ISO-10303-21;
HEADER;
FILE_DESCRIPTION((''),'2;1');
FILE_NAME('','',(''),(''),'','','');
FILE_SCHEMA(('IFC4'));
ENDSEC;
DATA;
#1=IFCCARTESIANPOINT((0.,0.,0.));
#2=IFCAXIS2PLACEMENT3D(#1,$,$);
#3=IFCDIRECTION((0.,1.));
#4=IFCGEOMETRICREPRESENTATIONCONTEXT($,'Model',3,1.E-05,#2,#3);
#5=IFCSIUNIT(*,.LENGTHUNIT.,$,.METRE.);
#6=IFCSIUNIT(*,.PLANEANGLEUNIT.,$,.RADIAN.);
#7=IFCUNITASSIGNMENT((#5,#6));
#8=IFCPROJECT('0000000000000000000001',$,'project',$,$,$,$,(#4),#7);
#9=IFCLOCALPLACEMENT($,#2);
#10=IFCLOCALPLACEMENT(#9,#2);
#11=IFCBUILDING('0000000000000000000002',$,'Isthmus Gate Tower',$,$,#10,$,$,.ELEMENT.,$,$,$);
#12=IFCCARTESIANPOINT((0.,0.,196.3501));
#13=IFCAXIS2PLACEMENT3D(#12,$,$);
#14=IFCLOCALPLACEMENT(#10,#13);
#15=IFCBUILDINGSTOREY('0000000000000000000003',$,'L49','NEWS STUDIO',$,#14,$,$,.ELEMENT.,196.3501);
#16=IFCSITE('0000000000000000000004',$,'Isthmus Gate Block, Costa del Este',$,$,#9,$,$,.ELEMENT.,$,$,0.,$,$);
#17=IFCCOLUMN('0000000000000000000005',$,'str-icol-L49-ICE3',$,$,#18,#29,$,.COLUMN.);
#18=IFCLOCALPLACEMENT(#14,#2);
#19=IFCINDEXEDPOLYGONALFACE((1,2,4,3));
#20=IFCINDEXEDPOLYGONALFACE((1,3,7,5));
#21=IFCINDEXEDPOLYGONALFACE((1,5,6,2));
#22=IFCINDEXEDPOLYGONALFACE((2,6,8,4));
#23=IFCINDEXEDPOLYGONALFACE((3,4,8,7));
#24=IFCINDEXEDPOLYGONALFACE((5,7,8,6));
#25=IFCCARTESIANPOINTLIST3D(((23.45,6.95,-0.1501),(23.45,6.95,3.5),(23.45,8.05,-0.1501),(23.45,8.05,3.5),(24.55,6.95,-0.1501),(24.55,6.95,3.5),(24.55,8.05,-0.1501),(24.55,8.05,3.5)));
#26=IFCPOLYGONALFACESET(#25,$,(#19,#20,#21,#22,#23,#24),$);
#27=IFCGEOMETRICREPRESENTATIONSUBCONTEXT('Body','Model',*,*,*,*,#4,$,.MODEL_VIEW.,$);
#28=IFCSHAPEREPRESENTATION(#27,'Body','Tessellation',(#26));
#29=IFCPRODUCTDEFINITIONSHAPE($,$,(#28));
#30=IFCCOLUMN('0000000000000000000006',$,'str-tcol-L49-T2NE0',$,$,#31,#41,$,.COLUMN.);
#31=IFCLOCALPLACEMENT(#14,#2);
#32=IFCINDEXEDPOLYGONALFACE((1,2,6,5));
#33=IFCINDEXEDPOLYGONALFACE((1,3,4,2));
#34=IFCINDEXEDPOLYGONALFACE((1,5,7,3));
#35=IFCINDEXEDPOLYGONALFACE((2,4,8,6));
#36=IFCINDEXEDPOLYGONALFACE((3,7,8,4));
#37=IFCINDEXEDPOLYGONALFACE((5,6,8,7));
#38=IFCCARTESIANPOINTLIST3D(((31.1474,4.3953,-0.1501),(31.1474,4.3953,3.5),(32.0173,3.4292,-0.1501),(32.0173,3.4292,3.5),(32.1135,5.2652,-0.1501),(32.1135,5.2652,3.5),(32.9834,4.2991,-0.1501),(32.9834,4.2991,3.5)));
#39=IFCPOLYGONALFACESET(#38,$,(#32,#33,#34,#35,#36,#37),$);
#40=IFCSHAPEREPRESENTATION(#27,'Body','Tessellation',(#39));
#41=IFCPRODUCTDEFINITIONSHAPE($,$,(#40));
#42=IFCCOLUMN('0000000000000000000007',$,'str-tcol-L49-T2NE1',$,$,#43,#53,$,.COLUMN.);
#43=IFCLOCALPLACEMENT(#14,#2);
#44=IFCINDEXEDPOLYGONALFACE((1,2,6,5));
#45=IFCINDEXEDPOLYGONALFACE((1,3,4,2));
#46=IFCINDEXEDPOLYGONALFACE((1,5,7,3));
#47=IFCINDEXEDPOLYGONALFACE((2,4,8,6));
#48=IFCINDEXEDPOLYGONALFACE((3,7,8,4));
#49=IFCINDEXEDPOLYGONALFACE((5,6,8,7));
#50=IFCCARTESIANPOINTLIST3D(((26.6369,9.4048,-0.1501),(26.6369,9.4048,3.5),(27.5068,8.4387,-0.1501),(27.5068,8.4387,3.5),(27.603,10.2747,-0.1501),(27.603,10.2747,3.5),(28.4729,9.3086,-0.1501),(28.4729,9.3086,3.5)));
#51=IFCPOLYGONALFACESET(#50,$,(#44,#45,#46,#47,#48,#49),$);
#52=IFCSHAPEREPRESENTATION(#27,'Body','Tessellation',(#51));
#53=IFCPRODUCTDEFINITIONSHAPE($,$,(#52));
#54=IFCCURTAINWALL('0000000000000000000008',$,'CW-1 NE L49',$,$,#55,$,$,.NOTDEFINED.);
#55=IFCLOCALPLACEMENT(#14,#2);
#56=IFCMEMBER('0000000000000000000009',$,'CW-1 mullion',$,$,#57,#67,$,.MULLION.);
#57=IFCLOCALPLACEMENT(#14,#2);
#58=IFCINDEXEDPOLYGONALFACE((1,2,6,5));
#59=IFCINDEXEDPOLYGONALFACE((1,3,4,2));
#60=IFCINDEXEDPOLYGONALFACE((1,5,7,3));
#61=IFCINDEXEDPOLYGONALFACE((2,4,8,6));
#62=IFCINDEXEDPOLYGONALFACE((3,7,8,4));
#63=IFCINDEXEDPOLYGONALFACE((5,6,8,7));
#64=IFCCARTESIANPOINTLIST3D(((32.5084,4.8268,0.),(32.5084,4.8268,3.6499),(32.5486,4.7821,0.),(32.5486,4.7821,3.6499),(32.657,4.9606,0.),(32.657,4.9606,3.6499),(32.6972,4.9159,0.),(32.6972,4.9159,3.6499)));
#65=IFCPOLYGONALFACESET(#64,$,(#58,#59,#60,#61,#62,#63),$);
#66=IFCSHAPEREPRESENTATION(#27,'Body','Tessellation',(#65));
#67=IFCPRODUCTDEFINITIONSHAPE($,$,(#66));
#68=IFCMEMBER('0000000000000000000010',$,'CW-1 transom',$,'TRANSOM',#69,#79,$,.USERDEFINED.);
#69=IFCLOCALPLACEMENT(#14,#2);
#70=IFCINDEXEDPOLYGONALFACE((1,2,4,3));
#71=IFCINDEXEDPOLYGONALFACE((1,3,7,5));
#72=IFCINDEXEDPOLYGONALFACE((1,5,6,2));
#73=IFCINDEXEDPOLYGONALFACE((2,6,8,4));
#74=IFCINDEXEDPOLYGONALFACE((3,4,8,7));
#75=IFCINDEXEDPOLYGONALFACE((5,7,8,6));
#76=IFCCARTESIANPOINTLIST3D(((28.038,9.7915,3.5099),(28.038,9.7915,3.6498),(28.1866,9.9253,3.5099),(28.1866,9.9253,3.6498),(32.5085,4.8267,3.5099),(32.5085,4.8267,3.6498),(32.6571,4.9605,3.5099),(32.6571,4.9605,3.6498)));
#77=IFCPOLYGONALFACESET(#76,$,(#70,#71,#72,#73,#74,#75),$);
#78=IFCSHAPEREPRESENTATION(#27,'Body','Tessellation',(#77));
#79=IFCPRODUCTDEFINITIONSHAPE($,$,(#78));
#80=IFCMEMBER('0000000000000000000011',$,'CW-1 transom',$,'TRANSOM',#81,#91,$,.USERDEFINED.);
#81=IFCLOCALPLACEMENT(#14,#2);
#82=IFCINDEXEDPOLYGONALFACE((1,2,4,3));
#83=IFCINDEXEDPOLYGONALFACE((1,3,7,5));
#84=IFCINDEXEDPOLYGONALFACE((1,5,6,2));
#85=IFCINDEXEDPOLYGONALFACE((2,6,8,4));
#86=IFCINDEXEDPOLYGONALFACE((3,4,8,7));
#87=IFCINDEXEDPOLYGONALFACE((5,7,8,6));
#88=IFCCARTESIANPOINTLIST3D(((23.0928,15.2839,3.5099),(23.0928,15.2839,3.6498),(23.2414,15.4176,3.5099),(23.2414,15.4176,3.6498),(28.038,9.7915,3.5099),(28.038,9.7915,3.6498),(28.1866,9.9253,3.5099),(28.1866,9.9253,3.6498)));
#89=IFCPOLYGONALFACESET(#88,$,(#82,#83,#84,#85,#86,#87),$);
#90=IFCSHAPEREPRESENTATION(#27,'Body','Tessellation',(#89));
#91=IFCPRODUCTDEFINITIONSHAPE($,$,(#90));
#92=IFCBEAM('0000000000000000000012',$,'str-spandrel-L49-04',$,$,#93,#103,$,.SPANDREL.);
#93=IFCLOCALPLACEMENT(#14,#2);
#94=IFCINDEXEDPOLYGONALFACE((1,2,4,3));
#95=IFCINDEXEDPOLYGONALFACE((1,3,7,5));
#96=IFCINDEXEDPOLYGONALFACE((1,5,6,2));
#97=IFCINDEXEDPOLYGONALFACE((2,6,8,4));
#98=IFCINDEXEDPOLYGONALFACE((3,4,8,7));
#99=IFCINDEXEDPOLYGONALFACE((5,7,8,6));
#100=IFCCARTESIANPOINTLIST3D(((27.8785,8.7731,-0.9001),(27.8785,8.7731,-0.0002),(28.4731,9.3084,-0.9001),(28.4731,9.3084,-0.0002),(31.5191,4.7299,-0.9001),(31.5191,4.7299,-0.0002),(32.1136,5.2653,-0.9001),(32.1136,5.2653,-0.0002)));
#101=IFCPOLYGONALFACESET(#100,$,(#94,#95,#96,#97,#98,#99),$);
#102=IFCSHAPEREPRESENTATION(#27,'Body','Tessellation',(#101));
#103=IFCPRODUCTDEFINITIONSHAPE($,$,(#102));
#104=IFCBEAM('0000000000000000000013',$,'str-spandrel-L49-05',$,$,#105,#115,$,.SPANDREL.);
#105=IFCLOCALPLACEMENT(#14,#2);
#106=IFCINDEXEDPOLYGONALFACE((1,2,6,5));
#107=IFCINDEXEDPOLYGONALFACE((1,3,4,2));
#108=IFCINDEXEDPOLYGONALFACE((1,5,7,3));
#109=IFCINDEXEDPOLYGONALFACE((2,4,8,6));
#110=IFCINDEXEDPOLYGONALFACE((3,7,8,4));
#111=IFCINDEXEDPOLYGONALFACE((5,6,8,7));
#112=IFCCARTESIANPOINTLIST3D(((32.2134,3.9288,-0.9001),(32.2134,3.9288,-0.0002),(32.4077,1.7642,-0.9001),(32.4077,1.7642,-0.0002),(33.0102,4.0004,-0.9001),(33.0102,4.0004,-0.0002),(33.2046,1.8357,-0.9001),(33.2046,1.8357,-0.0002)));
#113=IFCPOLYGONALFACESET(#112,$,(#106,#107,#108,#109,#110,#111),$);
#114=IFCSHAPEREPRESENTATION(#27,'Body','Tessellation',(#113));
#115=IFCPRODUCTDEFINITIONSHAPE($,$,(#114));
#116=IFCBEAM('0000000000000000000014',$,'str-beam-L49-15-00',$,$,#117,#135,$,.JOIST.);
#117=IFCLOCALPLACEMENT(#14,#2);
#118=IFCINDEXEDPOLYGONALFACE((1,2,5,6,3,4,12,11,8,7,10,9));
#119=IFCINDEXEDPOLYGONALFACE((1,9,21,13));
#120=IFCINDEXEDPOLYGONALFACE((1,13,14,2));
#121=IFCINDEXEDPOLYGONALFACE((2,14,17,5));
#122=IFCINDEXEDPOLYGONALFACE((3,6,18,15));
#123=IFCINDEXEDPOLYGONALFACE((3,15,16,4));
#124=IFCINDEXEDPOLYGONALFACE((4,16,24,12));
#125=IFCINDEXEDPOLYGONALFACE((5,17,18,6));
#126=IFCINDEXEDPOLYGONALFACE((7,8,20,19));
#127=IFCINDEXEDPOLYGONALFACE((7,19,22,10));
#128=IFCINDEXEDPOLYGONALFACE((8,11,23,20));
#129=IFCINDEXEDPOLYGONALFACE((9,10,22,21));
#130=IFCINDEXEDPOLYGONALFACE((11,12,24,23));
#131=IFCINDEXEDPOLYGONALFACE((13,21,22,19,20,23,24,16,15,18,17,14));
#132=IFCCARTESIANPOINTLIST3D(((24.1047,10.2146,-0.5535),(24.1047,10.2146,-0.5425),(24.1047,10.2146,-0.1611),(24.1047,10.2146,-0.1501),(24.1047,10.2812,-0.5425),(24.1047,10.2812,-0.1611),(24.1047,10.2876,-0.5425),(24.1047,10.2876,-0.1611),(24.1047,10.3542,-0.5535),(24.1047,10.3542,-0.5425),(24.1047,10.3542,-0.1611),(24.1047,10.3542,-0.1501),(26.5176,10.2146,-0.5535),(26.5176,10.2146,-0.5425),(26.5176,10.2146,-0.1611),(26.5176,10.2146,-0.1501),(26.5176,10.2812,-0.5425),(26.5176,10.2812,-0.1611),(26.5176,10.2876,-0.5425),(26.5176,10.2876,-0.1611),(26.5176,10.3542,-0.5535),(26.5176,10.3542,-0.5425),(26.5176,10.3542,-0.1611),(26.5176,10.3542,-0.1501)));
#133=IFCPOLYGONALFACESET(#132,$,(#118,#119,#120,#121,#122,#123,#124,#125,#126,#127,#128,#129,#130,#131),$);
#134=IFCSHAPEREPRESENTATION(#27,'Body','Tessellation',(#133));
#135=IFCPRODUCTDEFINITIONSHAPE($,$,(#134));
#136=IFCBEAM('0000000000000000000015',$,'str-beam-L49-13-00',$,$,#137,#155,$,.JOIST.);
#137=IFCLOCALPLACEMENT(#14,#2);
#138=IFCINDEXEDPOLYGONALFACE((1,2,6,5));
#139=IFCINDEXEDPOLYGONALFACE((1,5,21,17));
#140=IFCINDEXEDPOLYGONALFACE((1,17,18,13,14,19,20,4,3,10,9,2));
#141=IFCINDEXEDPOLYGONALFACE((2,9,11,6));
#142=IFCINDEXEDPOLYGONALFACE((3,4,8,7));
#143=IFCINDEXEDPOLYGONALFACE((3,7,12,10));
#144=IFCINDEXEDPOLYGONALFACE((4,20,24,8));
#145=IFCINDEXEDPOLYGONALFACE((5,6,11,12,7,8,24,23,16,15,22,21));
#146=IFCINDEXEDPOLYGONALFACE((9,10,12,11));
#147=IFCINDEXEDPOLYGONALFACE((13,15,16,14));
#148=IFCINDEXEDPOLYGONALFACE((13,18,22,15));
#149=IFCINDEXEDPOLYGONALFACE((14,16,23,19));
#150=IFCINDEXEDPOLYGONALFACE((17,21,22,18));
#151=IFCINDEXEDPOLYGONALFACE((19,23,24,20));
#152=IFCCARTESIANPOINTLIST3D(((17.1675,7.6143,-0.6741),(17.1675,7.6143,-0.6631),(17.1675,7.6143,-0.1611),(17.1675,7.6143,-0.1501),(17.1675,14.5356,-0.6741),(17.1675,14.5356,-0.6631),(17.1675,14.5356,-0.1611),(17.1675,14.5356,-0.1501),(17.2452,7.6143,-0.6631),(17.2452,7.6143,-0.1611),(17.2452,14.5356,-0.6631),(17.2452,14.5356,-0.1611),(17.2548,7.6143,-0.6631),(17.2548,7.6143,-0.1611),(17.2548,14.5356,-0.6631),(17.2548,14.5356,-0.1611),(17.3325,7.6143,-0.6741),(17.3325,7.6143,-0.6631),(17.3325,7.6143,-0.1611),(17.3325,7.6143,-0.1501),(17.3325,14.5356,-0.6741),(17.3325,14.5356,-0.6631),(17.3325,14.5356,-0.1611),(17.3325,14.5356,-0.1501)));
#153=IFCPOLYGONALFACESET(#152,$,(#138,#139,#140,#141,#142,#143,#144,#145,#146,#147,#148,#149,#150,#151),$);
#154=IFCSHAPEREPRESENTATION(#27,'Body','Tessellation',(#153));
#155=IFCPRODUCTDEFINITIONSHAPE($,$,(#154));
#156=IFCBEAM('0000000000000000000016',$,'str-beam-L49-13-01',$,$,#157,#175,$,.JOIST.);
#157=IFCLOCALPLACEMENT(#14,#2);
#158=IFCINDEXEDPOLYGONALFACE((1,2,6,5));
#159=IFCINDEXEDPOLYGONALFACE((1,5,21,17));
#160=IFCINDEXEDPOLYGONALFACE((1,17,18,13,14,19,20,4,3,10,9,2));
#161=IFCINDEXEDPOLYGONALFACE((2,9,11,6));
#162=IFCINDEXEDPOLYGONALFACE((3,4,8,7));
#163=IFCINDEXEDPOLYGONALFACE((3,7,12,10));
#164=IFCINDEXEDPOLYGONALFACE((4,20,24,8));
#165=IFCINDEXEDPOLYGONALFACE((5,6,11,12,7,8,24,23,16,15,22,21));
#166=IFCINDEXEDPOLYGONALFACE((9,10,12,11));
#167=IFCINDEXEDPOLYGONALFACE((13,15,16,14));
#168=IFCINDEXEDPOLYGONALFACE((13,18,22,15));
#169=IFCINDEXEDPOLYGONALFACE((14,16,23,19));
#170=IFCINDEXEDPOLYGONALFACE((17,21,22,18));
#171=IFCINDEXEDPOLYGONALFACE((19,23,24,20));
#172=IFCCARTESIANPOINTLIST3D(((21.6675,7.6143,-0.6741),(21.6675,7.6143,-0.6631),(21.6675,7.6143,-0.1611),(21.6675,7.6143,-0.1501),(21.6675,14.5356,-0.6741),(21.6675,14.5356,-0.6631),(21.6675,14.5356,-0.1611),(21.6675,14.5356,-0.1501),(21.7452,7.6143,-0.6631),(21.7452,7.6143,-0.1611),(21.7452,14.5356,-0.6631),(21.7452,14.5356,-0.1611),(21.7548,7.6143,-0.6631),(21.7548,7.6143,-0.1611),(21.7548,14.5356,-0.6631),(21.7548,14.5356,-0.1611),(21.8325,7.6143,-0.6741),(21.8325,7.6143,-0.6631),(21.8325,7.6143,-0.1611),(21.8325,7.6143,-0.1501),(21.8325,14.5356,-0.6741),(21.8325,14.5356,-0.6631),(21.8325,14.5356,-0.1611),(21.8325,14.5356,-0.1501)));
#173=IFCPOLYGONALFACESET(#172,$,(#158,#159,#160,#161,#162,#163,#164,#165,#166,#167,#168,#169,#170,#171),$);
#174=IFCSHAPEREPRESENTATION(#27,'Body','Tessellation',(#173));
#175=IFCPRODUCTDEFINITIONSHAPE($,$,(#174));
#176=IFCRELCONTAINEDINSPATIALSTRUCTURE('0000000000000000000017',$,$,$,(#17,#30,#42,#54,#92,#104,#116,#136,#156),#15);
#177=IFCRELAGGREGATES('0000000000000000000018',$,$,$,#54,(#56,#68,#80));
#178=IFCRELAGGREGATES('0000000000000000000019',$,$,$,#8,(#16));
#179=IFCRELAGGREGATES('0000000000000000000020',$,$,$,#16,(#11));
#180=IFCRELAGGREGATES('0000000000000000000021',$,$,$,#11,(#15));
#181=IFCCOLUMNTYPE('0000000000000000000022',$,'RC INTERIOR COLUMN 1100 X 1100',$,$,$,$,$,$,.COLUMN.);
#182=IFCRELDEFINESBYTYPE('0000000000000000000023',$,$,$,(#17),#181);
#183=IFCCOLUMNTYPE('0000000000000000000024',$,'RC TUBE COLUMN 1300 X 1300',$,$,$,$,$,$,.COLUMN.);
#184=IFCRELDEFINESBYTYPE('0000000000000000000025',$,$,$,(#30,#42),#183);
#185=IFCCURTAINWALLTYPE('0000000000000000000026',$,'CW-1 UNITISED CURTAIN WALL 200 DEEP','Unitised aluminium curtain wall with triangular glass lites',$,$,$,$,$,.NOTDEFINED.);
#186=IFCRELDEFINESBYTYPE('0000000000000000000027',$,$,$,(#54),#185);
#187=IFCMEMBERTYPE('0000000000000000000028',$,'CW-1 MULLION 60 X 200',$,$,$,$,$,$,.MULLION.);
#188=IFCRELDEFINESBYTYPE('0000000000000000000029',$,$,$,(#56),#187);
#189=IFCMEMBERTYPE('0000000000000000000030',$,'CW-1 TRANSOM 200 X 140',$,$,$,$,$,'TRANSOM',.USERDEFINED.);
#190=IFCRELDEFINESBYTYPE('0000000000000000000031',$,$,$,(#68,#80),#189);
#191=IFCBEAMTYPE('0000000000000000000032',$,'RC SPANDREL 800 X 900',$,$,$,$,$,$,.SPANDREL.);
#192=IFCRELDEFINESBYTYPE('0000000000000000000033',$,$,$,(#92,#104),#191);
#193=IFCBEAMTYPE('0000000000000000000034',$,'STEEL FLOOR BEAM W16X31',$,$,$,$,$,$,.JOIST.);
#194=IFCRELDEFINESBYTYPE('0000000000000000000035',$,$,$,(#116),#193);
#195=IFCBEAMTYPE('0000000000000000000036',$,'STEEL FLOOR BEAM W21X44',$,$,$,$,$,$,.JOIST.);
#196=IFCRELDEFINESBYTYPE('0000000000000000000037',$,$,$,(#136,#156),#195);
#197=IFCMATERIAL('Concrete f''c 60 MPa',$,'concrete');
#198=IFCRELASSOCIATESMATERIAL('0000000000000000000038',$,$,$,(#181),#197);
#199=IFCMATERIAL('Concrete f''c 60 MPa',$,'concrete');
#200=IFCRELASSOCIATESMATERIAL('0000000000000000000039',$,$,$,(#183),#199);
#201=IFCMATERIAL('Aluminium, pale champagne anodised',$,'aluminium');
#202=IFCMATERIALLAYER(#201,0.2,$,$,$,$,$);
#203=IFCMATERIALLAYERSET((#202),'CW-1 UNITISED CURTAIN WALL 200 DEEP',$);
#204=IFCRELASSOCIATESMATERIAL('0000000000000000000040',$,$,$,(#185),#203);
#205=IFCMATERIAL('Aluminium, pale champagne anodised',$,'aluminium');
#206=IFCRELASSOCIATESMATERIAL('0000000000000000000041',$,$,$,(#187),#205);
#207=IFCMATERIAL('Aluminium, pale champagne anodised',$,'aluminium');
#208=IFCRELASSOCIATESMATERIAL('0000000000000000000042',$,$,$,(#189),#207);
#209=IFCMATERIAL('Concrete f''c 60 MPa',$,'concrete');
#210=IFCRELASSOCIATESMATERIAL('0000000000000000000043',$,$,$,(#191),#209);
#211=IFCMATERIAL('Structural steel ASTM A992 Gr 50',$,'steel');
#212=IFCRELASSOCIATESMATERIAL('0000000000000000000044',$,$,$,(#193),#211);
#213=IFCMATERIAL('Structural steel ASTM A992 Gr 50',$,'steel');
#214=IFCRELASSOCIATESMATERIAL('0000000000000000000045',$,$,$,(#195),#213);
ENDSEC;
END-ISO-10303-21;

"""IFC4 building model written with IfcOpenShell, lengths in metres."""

from ifc_helpers import new_model, si_unit, direction, frame, origin, origin_2d, place, context, subcontext, project, spatial, rectangle, i_section, extrude, material, layer, layer_set, material_profile, profile_set, type_object, element, aggregate, save


model = new_model("IFC4")

# Units and contexts
model_context = context("Model", 3, precision=1e-05, world=origin(), true_north=direction((0.0, 1.0)))
body_context = subcontext(model_context, "Body", "Model", "MODEL_VIEW")
ifc_project = project(units=[si_unit("LENGTHUNIT", "METRE"), si_unit("PLANEANGLEUNIT", "RADIAN")], contexts=[model_context])

# Site, building, storey
site_placement = place(None, origin())
site = spatial("IfcSite", under=ifc_project, at=site_placement, Name="Isthmus Gate Block, Costa del Este", CompositionType="ELEMENT", RefElevation=0.0)
building_placement = place(site_placement, origin())
building = spatial("IfcBuilding", under=site, at=building_placement, Name="Isthmus Gate Tower", CompositionType="ELEMENT")
storey_placement = place(building_placement, frame((0.0, 0.0, 196.3501)))
storey = spatial("IfcBuildingStorey", under=building, at=storey_placement, Name="L49", Description="NEWS STUDIO", CompositionType="ELEMENT", Elevation=196.3501)

# Columns
ifc_material_1 = material(Name="Concrete f'c 60 MPa", Category="concrete")
ifc_material_profile_1 = material_profile(ifc_material_1, rectangle(XDim=1.1001, YDim=1.1001, at=origin_2d()), Name="RC 1100X1100")
ifc_profile_set_1 = profile_set([ifc_material_profile_1], Name="Concrete f'c 60 MPa")
column_type_1 = type_object("IfcColumnType", Name="RC INTERIOR COLUMN 1100 X 1100", PredefinedType="COLUMN", material=ifc_profile_set_1)
column_placement = place(storey_placement, frame((24.0, 7.5, -0.1501), z_axis=(0.0, 0.0, 1.0), x_axis=(1.0, 0.0, 0.0)))
element("IfcColumn", 1, at=column_placement, inside=storey, type_object=column_type_1, Name="str-icol-L49-ICE3", PredefinedType="COLUMN", context=body_context, shape_type="SweptSolid", body=[
    extrude(rectangle(XDim=1.1001, YDim=1.1001, at=origin_2d()), origin(), (0.0, 0.0, 1.0), 3.6501),
])
ifc_material_2 = material(Name="Concrete f'c 60 MPa", Category="concrete")
ifc_material_profile_2 = material_profile(ifc_material_2, rectangle(XDim=1.3, YDim=1.3, at=origin_2d()), Name="RC 1300X1300")
ifc_profile_set_2 = profile_set([ifc_material_profile_2], Name="Concrete f'c 60 MPa")
column_type_2 = type_object("IfcColumnType", Name="RC TUBE COLUMN 1300 X 1300", PredefinedType="COLUMN", material=ifc_profile_set_2)
for number, where, z_axis, x_axis, name in (
    (2, (32.0654, 4.3472, -0.1501), (0.0, 0.0, 1.0), (-0.669131, 0.743145, 0.0), "str-tcol-L49-T2NE0"),
    (3, (27.5549, 9.3567, -0.1501), (0.0, 0.0, 1.0), (-0.669131, 0.743145, 0.0), "str-tcol-L49-T2NE1"),
):
    element("IfcColumn", number, at=place(storey_placement, frame(where, z_axis=z_axis, x_axis=x_axis)), inside=storey, type_object=column_type_2, Name=name, PredefinedType="COLUMN", context=body_context, shape_type="SweptSolid", body=[
        extrude(rectangle(XDim=1.3, YDim=1.3, at=origin_2d()), origin(), (0.0, 0.0, 1.0), 3.6501),
    ])

# Curtain wall, members
ifc_material_3 = material(Name="Aluminium, pale champagne anodised", Category="aluminium")
ifc_layer_1 = layer(ifc_material_3, 0.2)
ifc_layer_set_1 = layer_set([ifc_layer_1], Name="CW-1 UNITISED CURTAIN WALL 200 DEEP")
curtain_wall_type = type_object("IfcCurtainWallType", Name="CW-1 UNITISED CURTAIN WALL 200 DEEP", Description="Unitised aluminium curtain wall with triangular glass lites", PredefinedType="NOTDEFINED", material=ifc_layer_set_1)
curtain_wall_placement = place(storey_placement, origin())
curtain_wall = element("IfcCurtainWall", 4, at=curtain_wall_placement, inside=storey, type_object=curtain_wall_type, Name="CW-1 NE L49", PredefinedType="NOTDEFINED")
ifc_material_4 = material(Name="Aluminium, pale champagne anodised", Category="aluminium")
ifc_material_profile_3 = material_profile(ifc_material_4, rectangle(XDim=0.0601, YDim=0.2, at=origin_2d()), Name="60x200")
ifc_profile_set_3 = profile_set([ifc_material_profile_3], Name="Aluminium, pale champagne anodised")
member_type_1 = type_object("IfcMemberType", Name="CW-1 MULLION 60 X 200", PredefinedType="MULLION", material=ifc_profile_set_3)
member_1_placement = place(storey_placement, frame((32.6028, 4.8713, 0.0), z_axis=(0.0, 0.0, 1.0), x_axis=(-0.669131, 0.743145, 0.0)))
member_1 = element("IfcMember", 5, at=member_1_placement, type_object=member_type_1, Name="CW-1 mullion", PredefinedType="MULLION", context=body_context, shape_type="SweptSolid", body=[
    extrude(rectangle(XDim=0.0601, YDim=0.2, at=origin_2d()), origin(), (0.0, 0.0, 1.0), 3.6499),
])
ifc_material_5 = material(Name="Aluminium, pale champagne anodised", Category="aluminium")
ifc_material_profile_4 = material_profile(ifc_material_5, rectangle(XDim=0.2, YDim=0.1399, at=origin_2d()), Name="200x140")
ifc_profile_set_4 = profile_set([ifc_material_profile_4], Name="Aluminium, pale champagne anodised")
member_type_2 = type_object("IfcMemberType", Name="CW-1 TRANSOM 200 X 140", ElementType="TRANSOM", PredefinedType="USERDEFINED", material=ifc_profile_set_4)
member_2_placement = place(storey_placement, frame((32.5828, 4.8936, 3.5798), z_axis=(-0.669138, 0.743138, 0.0), x_axis=(-0.743138, -0.669138, 0.0)))
member_2 = element("IfcMember", 6, at=member_2_placement, type_object=member_type_2, Name="CW-1 transom", ObjectType="TRANSOM", PredefinedType="USERDEFINED", context=body_context, shape_type="SweptSolid", body=[
    extrude(rectangle(XDim=0.2, YDim=0.1399, at=origin_2d()), origin(), (0.0, 0.0, 1.0), 6.6809),
])
member_3_placement = place(storey_placement, frame((28.1123, 9.8584, 3.5798), z_axis=(-0.669123, 0.743151, 0.0), x_axis=(-0.743151, -0.669123, 0.0)))
member_3 = element("IfcMember", 7, at=member_3_placement, type_object=member_type_2, Name="CW-1 transom", ObjectType="TRANSOM", PredefinedType="USERDEFINED", context=body_context, shape_type="SweptSolid", body=[
    extrude(rectangle(XDim=0.2, YDim=0.1399, at=origin_2d()), origin(), (0.0, 0.0, 1.0), 7.3906),
])

# Beams
ifc_material_6 = material(Name="Concrete f'c 60 MPa", Category="concrete")
ifc_material_profile_5 = material_profile(ifc_material_6, rectangle(XDim=0.8, YDim=0.8999, at=origin_2d()), Name="RC 800X900")
ifc_profile_set_5 = profile_set([ifc_material_profile_5], Name="Concrete f'c 60 MPa")
beam_type_1 = type_object("IfcBeamType", Name="RC SPANDREL 800 X 900", PredefinedType="SPANDREL", material=ifc_profile_set_5)
beam_1_placement = place(storey_placement, frame((28.1758, 9.0408, -0.4502), z_axis=(0.669141, -0.743136, 0.0), x_axis=(0.743136, 0.669141, 0.0)))
element("IfcBeam", 8, at=beam_1_placement, inside=storey, type_object=beam_type_1, Name="str-spandrel-L49-04", PredefinedType="SPANDREL", context=body_context, shape_type="SweptSolid", body=[
    extrude(rectangle(XDim=0.8, YDim=0.8999, at=origin_2d()), origin(), (0.0, 0.0, 1.0), 5.4407),
])
beam_2_placement = place(storey_placement, frame((32.6118, 3.9646, -0.4502), z_axis=(0.089422, -0.995994, 0.0), x_axis=(0.995994, 0.089422, 0.0)))
element("IfcBeam", 9, at=beam_2_placement, inside=storey, type_object=beam_type_1, Name="str-spandrel-L49-05", PredefinedType="SPANDREL", context=body_context, shape_type="SweptSolid", body=[
    extrude(rectangle(XDim=0.8, YDim=0.8999, at=origin_2d()), origin(), (0.0, 0.0, 1.0), 2.1733),
])
ifc_material_7 = material(Name="Structural steel ASTM A992 Gr 50", Category="steel")
ifc_material_profile_6 = material_profile(ifc_material_7, i_section(OverallWidth=0.1396, OverallDepth=0.4033, WebThickness=0.0063, FlangeThickness=0.011, at=origin_2d()), Name="W16X31")
ifc_profile_set_6 = profile_set([ifc_material_profile_6], Name="Structural steel ASTM A992 Gr 50")
beam_type_2 = type_object("IfcBeamType", Name="STEEL FLOOR BEAM W16X31", PredefinedType="JOIST", material=ifc_profile_set_6)
beam_3_placement = place(storey_placement, frame((24.1047, 10.2844, -0.3518), z_axis=(1.0, 0.0, 0.0), x_axis=(0.0, 1.0, 0.0)))
element("IfcBeam", 10, at=beam_3_placement, inside=storey, type_object=beam_type_2, Name="str-beam-L49-15-00", PredefinedType="JOIST", context=body_context, shape_type="SweptSolid", body=[
    extrude(i_section(OverallWidth=0.1396, OverallDepth=0.4033, WebThickness=0.0063, FlangeThickness=0.011, at=origin_2d()), origin(), (0.0, 0.0, 1.0), 2.4128),
])
ifc_material_8 = material(Name="Structural steel ASTM A992 Gr 50", Category="steel")
ifc_material_profile_7 = material_profile(ifc_material_8, i_section(OverallWidth=0.165, OverallDepth=0.5239, WebThickness=0.0095, FlangeThickness=0.011, at=origin_2d()), Name="W21X44")
ifc_profile_set_7 = profile_set([ifc_material_profile_7], Name="Structural steel ASTM A992 Gr 50")
beam_type_3 = type_object("IfcBeamType", Name="STEEL FLOOR BEAM W21X44", PredefinedType="JOIST", material=ifc_profile_set_7)
for number, where, z_axis, x_axis, name in (
    (11, (17.25, 7.6143, -0.4121), (0.0, 1.0, 0.0), (-1.0, 0.0, 0.0), "str-beam-L49-13-00"),
    (12, (21.75, 7.6143, -0.4121), (0.0, 1.0, 0.0), (-1.0, 0.0, 0.0), "str-beam-L49-13-01"),
):
    element("IfcBeam", number, at=place(storey_placement, frame(where, z_axis=z_axis, x_axis=x_axis)), inside=storey, type_object=beam_type_3, Name=name, PredefinedType="JOIST", context=body_context, shape_type="SweptSolid", body=[
        extrude(i_section(OverallWidth=0.165, OverallDepth=0.5239, WebThickness=0.0095, FlangeThickness=0.011, at=origin_2d()), origin(), (0.0, 0.0, 1.0), 6.9214),
    ])

aggregate(curtain_wall, [member_1, member_2, member_3])

save(model, "model.ifc")
